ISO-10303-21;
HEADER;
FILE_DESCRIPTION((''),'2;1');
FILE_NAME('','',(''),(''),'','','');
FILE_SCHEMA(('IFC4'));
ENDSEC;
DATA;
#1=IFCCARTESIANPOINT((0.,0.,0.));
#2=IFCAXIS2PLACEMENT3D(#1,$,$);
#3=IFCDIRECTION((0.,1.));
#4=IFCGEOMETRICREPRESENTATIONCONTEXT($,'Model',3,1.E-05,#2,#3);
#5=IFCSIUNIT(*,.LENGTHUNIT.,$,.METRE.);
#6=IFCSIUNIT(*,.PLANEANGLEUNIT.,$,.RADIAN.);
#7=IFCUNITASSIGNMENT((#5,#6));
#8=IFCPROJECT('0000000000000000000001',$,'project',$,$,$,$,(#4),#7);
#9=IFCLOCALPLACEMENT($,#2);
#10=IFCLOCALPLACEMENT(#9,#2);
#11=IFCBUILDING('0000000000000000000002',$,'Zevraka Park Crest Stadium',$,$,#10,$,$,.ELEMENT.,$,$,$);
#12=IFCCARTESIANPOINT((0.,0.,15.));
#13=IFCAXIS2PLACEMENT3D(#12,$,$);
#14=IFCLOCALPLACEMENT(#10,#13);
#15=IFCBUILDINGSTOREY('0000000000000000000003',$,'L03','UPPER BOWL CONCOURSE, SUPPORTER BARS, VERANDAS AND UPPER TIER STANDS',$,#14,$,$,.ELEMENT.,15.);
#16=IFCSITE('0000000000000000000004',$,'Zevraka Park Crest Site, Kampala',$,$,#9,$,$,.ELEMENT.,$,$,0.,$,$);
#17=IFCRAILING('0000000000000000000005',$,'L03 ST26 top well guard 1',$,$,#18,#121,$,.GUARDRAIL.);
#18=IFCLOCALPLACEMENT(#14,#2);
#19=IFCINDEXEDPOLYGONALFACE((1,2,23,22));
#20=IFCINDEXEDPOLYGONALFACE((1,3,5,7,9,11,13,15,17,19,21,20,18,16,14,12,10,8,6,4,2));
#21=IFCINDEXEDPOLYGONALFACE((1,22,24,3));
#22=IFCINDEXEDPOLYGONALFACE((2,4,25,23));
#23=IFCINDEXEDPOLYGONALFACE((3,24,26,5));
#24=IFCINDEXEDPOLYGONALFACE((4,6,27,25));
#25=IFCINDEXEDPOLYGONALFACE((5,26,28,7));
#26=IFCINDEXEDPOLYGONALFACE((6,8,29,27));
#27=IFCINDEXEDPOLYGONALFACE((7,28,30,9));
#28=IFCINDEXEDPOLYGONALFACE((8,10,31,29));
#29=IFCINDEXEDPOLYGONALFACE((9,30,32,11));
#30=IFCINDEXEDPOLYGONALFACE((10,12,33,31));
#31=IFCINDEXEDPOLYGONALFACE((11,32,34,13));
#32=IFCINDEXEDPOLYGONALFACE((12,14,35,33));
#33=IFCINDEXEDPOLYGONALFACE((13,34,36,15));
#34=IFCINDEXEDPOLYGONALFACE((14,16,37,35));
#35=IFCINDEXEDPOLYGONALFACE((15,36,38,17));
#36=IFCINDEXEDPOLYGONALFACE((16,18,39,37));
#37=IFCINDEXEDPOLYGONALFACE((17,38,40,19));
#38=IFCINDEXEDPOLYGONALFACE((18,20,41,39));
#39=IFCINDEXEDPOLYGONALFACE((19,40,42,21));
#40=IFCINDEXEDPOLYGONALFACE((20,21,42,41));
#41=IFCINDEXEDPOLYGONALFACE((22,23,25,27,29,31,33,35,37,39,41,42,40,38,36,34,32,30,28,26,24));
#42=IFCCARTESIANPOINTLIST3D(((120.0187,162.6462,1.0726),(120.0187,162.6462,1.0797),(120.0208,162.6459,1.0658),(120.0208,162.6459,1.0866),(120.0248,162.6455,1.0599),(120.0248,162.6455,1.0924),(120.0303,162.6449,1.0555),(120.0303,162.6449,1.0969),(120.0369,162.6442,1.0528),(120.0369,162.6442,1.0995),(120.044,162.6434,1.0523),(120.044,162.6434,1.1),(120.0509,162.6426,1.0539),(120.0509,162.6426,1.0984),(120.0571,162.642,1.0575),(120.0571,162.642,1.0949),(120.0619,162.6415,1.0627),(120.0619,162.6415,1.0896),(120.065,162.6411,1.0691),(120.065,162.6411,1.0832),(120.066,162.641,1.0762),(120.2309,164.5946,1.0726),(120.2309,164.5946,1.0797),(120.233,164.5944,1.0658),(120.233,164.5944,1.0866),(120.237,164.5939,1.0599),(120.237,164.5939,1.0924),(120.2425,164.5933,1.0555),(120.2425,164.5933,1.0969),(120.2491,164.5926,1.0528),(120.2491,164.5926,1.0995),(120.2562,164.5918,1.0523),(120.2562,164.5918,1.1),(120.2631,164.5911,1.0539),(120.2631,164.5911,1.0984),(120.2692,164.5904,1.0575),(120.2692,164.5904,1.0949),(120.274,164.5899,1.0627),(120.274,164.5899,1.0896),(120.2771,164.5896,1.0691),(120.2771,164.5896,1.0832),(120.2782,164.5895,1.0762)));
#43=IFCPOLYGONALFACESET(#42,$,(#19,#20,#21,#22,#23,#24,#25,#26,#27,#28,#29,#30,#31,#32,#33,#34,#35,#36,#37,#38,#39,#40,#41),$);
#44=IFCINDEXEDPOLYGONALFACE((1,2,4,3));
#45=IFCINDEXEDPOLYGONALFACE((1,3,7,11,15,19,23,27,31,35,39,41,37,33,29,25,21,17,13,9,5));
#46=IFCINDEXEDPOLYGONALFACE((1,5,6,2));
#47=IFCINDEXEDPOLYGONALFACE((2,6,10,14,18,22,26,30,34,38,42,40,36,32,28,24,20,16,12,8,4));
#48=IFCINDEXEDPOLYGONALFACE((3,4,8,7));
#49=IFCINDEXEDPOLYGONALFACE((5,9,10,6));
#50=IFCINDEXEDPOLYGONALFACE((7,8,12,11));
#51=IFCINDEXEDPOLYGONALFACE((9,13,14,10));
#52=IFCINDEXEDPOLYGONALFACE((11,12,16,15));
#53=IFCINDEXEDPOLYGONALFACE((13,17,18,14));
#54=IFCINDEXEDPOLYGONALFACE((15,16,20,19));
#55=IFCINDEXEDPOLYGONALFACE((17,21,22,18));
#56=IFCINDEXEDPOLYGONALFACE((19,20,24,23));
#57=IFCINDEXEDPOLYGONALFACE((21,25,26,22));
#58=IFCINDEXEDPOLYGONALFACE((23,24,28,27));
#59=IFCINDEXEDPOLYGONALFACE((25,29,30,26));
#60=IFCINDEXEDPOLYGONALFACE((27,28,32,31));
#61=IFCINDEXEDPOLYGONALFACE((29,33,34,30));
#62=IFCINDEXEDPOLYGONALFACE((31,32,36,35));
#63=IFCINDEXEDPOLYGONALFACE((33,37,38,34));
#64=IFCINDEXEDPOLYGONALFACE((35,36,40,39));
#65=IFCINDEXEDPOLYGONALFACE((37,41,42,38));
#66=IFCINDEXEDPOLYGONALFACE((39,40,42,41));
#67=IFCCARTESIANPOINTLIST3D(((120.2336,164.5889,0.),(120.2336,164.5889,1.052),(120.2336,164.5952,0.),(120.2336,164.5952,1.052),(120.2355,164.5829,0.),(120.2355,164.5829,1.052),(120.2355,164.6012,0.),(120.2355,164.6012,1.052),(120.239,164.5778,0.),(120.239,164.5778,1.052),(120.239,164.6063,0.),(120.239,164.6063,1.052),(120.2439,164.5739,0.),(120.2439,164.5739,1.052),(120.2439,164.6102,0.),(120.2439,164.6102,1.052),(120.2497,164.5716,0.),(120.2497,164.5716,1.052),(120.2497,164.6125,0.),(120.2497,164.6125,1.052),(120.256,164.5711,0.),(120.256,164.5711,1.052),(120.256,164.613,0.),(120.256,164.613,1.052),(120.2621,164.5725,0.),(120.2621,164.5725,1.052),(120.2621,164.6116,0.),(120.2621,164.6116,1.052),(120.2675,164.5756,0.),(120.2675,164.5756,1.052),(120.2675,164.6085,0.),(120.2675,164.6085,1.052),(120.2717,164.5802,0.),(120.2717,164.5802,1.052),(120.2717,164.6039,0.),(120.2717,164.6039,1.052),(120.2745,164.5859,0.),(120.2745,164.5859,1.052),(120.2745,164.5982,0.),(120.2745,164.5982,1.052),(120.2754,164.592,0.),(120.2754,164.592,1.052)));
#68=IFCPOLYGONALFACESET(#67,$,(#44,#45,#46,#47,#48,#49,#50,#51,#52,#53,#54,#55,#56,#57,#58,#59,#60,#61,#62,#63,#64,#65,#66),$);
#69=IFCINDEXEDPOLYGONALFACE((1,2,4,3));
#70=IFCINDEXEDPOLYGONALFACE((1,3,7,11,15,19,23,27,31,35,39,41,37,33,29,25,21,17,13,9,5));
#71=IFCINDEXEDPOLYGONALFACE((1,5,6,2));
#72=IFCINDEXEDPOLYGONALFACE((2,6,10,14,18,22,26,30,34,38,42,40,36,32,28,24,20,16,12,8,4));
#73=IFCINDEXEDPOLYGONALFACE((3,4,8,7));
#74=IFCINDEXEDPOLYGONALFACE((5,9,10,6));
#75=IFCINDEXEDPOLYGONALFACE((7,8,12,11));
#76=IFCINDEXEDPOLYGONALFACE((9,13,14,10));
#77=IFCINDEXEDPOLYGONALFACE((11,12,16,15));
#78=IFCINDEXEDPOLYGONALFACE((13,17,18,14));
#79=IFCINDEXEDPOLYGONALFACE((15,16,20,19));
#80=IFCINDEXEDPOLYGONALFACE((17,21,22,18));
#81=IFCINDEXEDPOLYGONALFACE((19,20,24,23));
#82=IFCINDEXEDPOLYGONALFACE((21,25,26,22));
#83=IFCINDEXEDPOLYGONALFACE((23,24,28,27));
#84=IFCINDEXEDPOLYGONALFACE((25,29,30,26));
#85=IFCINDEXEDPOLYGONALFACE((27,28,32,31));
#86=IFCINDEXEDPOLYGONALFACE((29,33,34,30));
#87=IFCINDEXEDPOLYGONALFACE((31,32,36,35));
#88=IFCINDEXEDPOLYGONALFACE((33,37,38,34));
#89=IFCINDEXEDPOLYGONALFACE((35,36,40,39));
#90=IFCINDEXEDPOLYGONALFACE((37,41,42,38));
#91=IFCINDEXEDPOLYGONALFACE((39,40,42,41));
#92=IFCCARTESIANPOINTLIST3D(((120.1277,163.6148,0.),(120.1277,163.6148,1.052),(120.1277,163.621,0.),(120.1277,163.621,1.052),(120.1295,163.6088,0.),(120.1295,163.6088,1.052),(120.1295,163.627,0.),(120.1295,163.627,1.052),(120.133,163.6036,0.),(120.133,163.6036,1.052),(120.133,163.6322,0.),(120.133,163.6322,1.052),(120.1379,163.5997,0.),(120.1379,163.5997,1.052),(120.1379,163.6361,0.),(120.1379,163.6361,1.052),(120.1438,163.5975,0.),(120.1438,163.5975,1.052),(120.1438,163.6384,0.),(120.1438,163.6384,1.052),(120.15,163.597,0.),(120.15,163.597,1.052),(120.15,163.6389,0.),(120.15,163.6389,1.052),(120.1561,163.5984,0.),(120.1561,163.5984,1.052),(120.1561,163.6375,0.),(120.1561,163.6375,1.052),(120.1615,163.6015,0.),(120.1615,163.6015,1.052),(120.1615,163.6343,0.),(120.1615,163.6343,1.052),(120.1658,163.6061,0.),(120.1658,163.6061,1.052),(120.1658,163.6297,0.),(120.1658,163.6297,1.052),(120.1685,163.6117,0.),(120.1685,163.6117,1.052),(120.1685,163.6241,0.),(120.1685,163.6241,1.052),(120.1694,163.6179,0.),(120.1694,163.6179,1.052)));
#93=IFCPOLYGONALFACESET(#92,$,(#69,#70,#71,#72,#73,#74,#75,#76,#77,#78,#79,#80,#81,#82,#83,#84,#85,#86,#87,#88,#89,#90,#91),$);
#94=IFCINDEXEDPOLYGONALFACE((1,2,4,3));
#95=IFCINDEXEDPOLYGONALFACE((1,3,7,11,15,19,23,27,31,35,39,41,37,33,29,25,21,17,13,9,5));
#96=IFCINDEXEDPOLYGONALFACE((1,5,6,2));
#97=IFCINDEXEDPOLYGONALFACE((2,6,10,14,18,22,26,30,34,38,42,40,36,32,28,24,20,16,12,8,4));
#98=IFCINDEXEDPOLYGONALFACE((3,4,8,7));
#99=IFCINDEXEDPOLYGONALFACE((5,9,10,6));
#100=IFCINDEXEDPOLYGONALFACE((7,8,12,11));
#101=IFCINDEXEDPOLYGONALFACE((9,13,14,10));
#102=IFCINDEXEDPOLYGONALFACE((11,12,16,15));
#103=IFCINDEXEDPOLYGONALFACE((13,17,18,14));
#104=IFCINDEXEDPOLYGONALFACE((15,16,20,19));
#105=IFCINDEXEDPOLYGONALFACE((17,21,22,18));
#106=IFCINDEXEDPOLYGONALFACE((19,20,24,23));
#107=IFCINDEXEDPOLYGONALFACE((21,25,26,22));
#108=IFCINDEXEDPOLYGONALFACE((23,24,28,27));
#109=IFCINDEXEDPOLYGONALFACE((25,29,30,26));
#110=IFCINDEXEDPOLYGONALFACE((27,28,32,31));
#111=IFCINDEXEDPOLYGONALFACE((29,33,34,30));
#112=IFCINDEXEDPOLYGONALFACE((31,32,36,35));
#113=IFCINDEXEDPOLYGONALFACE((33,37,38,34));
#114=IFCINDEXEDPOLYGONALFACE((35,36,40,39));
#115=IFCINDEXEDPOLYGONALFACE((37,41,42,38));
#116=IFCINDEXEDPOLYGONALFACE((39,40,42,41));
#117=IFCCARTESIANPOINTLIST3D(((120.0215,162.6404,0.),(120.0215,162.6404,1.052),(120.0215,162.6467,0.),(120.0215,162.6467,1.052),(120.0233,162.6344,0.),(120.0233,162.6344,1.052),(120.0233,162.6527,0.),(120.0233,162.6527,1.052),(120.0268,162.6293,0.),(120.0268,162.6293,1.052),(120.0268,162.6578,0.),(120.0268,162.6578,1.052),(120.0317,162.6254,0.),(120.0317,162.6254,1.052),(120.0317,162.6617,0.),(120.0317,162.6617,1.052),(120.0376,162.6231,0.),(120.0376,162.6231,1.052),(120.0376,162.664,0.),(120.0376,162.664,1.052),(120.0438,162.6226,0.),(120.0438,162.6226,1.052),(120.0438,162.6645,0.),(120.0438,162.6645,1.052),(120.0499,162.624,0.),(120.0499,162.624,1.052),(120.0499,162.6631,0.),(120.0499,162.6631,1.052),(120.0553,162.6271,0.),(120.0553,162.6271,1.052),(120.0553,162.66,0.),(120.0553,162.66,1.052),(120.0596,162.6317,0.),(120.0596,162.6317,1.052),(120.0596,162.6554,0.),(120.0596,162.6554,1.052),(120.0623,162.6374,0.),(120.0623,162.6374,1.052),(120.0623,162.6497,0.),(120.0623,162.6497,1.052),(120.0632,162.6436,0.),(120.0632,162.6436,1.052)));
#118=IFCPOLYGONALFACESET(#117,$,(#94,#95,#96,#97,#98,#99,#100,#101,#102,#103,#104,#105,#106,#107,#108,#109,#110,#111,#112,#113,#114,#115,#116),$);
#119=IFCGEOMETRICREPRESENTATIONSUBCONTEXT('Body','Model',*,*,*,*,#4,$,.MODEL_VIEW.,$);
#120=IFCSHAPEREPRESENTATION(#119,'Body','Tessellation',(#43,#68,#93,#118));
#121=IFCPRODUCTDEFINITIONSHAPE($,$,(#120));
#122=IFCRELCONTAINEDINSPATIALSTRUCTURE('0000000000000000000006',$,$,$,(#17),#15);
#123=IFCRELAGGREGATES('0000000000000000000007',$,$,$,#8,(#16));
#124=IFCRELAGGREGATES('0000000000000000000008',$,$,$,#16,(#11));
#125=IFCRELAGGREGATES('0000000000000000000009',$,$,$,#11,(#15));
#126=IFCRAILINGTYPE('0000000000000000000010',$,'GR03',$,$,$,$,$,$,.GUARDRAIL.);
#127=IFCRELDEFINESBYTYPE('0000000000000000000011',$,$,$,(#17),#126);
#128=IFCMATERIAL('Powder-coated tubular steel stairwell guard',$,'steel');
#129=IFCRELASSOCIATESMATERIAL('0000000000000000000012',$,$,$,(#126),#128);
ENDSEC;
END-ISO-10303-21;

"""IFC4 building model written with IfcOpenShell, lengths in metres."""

from ifc_helpers import new_model, si_unit, direction, frame, origin, origin_2d, place, context, subcontext, project, spatial, circle, extrude, material, type_object, element, save


model = new_model("IFC4")

# Units and contexts
model_context = context("Model", 3, precision=1e-05, world=origin(), true_north=direction((0.0, 1.0)))
body_context = subcontext(model_context, "Body", "Model", "MODEL_VIEW")
ifc_project = project(units=[si_unit("LENGTHUNIT", "METRE"), si_unit("PLANEANGLEUNIT", "RADIAN")], contexts=[model_context])

# Site, building, storey
site_placement = place(None, origin())
site = spatial("IfcSite", under=ifc_project, at=site_placement, Name="Zevraka Park Crest Site, Kampala", CompositionType="ELEMENT", RefElevation=0.0)
building_placement = place(site_placement, origin())
building = spatial("IfcBuilding", under=site, at=building_placement, Name="Zevraka Park Crest Stadium", CompositionType="ELEMENT")
storey_placement = place(building_placement, frame((0.0, 0.0, 15.0)))
storey = spatial("IfcBuildingStorey", under=building, at=storey_placement, Name="L03", Description="UPPER BOWL CONCOURSE, SUPPORTER BARS, VERANDAS AND UPPER TIER STANDS", CompositionType="ELEMENT", Elevation=15.0)

# Railing
ifc_material_1 = material(Name="Powder-coated tubular steel stairwell guard", Category="steel")
railing_type_1 = type_object("IfcRailingType", Name="GR03", PredefinedType="GUARDRAIL", material=ifc_material_1)
railing_1_placement = place(storey_placement, frame((120.2544, 164.592, 0.0)))
element("IfcRailing", 1, at=railing_1_placement, inside=storey, type_object=railing_type_1, Name="L03 ST26 top well guard 1", PredefinedType="GUARDRAIL", context=body_context, shape_type="SweptSolid", body=[
    extrude(circle(Radius=0.0239, at=origin_2d()), frame((0.0, 0.0, 1.0762), z_axis=(-0.108244, -0.994124, 0.0), x_axis=(0.994124, -0.108244, 0.0)), (0.0, 0.0, 1.0), 1.96),
    extrude(circle(Radius=0.021, at=origin_2d()), origin(), (0.0, 0.0, 1.0), 1.052),
    extrude(circle(Radius=0.021, at=origin_2d()), frame((-0.106, -0.9741, 0.0)), (0.0, 0.0, 1.0), 1.052),
    extrude(circle(Radius=0.021, at=origin_2d()), frame((-0.2122, -1.9485, 0.0)), (0.0, 0.0, 1.0), 1.052),
])

save(model, "model.ifc")
